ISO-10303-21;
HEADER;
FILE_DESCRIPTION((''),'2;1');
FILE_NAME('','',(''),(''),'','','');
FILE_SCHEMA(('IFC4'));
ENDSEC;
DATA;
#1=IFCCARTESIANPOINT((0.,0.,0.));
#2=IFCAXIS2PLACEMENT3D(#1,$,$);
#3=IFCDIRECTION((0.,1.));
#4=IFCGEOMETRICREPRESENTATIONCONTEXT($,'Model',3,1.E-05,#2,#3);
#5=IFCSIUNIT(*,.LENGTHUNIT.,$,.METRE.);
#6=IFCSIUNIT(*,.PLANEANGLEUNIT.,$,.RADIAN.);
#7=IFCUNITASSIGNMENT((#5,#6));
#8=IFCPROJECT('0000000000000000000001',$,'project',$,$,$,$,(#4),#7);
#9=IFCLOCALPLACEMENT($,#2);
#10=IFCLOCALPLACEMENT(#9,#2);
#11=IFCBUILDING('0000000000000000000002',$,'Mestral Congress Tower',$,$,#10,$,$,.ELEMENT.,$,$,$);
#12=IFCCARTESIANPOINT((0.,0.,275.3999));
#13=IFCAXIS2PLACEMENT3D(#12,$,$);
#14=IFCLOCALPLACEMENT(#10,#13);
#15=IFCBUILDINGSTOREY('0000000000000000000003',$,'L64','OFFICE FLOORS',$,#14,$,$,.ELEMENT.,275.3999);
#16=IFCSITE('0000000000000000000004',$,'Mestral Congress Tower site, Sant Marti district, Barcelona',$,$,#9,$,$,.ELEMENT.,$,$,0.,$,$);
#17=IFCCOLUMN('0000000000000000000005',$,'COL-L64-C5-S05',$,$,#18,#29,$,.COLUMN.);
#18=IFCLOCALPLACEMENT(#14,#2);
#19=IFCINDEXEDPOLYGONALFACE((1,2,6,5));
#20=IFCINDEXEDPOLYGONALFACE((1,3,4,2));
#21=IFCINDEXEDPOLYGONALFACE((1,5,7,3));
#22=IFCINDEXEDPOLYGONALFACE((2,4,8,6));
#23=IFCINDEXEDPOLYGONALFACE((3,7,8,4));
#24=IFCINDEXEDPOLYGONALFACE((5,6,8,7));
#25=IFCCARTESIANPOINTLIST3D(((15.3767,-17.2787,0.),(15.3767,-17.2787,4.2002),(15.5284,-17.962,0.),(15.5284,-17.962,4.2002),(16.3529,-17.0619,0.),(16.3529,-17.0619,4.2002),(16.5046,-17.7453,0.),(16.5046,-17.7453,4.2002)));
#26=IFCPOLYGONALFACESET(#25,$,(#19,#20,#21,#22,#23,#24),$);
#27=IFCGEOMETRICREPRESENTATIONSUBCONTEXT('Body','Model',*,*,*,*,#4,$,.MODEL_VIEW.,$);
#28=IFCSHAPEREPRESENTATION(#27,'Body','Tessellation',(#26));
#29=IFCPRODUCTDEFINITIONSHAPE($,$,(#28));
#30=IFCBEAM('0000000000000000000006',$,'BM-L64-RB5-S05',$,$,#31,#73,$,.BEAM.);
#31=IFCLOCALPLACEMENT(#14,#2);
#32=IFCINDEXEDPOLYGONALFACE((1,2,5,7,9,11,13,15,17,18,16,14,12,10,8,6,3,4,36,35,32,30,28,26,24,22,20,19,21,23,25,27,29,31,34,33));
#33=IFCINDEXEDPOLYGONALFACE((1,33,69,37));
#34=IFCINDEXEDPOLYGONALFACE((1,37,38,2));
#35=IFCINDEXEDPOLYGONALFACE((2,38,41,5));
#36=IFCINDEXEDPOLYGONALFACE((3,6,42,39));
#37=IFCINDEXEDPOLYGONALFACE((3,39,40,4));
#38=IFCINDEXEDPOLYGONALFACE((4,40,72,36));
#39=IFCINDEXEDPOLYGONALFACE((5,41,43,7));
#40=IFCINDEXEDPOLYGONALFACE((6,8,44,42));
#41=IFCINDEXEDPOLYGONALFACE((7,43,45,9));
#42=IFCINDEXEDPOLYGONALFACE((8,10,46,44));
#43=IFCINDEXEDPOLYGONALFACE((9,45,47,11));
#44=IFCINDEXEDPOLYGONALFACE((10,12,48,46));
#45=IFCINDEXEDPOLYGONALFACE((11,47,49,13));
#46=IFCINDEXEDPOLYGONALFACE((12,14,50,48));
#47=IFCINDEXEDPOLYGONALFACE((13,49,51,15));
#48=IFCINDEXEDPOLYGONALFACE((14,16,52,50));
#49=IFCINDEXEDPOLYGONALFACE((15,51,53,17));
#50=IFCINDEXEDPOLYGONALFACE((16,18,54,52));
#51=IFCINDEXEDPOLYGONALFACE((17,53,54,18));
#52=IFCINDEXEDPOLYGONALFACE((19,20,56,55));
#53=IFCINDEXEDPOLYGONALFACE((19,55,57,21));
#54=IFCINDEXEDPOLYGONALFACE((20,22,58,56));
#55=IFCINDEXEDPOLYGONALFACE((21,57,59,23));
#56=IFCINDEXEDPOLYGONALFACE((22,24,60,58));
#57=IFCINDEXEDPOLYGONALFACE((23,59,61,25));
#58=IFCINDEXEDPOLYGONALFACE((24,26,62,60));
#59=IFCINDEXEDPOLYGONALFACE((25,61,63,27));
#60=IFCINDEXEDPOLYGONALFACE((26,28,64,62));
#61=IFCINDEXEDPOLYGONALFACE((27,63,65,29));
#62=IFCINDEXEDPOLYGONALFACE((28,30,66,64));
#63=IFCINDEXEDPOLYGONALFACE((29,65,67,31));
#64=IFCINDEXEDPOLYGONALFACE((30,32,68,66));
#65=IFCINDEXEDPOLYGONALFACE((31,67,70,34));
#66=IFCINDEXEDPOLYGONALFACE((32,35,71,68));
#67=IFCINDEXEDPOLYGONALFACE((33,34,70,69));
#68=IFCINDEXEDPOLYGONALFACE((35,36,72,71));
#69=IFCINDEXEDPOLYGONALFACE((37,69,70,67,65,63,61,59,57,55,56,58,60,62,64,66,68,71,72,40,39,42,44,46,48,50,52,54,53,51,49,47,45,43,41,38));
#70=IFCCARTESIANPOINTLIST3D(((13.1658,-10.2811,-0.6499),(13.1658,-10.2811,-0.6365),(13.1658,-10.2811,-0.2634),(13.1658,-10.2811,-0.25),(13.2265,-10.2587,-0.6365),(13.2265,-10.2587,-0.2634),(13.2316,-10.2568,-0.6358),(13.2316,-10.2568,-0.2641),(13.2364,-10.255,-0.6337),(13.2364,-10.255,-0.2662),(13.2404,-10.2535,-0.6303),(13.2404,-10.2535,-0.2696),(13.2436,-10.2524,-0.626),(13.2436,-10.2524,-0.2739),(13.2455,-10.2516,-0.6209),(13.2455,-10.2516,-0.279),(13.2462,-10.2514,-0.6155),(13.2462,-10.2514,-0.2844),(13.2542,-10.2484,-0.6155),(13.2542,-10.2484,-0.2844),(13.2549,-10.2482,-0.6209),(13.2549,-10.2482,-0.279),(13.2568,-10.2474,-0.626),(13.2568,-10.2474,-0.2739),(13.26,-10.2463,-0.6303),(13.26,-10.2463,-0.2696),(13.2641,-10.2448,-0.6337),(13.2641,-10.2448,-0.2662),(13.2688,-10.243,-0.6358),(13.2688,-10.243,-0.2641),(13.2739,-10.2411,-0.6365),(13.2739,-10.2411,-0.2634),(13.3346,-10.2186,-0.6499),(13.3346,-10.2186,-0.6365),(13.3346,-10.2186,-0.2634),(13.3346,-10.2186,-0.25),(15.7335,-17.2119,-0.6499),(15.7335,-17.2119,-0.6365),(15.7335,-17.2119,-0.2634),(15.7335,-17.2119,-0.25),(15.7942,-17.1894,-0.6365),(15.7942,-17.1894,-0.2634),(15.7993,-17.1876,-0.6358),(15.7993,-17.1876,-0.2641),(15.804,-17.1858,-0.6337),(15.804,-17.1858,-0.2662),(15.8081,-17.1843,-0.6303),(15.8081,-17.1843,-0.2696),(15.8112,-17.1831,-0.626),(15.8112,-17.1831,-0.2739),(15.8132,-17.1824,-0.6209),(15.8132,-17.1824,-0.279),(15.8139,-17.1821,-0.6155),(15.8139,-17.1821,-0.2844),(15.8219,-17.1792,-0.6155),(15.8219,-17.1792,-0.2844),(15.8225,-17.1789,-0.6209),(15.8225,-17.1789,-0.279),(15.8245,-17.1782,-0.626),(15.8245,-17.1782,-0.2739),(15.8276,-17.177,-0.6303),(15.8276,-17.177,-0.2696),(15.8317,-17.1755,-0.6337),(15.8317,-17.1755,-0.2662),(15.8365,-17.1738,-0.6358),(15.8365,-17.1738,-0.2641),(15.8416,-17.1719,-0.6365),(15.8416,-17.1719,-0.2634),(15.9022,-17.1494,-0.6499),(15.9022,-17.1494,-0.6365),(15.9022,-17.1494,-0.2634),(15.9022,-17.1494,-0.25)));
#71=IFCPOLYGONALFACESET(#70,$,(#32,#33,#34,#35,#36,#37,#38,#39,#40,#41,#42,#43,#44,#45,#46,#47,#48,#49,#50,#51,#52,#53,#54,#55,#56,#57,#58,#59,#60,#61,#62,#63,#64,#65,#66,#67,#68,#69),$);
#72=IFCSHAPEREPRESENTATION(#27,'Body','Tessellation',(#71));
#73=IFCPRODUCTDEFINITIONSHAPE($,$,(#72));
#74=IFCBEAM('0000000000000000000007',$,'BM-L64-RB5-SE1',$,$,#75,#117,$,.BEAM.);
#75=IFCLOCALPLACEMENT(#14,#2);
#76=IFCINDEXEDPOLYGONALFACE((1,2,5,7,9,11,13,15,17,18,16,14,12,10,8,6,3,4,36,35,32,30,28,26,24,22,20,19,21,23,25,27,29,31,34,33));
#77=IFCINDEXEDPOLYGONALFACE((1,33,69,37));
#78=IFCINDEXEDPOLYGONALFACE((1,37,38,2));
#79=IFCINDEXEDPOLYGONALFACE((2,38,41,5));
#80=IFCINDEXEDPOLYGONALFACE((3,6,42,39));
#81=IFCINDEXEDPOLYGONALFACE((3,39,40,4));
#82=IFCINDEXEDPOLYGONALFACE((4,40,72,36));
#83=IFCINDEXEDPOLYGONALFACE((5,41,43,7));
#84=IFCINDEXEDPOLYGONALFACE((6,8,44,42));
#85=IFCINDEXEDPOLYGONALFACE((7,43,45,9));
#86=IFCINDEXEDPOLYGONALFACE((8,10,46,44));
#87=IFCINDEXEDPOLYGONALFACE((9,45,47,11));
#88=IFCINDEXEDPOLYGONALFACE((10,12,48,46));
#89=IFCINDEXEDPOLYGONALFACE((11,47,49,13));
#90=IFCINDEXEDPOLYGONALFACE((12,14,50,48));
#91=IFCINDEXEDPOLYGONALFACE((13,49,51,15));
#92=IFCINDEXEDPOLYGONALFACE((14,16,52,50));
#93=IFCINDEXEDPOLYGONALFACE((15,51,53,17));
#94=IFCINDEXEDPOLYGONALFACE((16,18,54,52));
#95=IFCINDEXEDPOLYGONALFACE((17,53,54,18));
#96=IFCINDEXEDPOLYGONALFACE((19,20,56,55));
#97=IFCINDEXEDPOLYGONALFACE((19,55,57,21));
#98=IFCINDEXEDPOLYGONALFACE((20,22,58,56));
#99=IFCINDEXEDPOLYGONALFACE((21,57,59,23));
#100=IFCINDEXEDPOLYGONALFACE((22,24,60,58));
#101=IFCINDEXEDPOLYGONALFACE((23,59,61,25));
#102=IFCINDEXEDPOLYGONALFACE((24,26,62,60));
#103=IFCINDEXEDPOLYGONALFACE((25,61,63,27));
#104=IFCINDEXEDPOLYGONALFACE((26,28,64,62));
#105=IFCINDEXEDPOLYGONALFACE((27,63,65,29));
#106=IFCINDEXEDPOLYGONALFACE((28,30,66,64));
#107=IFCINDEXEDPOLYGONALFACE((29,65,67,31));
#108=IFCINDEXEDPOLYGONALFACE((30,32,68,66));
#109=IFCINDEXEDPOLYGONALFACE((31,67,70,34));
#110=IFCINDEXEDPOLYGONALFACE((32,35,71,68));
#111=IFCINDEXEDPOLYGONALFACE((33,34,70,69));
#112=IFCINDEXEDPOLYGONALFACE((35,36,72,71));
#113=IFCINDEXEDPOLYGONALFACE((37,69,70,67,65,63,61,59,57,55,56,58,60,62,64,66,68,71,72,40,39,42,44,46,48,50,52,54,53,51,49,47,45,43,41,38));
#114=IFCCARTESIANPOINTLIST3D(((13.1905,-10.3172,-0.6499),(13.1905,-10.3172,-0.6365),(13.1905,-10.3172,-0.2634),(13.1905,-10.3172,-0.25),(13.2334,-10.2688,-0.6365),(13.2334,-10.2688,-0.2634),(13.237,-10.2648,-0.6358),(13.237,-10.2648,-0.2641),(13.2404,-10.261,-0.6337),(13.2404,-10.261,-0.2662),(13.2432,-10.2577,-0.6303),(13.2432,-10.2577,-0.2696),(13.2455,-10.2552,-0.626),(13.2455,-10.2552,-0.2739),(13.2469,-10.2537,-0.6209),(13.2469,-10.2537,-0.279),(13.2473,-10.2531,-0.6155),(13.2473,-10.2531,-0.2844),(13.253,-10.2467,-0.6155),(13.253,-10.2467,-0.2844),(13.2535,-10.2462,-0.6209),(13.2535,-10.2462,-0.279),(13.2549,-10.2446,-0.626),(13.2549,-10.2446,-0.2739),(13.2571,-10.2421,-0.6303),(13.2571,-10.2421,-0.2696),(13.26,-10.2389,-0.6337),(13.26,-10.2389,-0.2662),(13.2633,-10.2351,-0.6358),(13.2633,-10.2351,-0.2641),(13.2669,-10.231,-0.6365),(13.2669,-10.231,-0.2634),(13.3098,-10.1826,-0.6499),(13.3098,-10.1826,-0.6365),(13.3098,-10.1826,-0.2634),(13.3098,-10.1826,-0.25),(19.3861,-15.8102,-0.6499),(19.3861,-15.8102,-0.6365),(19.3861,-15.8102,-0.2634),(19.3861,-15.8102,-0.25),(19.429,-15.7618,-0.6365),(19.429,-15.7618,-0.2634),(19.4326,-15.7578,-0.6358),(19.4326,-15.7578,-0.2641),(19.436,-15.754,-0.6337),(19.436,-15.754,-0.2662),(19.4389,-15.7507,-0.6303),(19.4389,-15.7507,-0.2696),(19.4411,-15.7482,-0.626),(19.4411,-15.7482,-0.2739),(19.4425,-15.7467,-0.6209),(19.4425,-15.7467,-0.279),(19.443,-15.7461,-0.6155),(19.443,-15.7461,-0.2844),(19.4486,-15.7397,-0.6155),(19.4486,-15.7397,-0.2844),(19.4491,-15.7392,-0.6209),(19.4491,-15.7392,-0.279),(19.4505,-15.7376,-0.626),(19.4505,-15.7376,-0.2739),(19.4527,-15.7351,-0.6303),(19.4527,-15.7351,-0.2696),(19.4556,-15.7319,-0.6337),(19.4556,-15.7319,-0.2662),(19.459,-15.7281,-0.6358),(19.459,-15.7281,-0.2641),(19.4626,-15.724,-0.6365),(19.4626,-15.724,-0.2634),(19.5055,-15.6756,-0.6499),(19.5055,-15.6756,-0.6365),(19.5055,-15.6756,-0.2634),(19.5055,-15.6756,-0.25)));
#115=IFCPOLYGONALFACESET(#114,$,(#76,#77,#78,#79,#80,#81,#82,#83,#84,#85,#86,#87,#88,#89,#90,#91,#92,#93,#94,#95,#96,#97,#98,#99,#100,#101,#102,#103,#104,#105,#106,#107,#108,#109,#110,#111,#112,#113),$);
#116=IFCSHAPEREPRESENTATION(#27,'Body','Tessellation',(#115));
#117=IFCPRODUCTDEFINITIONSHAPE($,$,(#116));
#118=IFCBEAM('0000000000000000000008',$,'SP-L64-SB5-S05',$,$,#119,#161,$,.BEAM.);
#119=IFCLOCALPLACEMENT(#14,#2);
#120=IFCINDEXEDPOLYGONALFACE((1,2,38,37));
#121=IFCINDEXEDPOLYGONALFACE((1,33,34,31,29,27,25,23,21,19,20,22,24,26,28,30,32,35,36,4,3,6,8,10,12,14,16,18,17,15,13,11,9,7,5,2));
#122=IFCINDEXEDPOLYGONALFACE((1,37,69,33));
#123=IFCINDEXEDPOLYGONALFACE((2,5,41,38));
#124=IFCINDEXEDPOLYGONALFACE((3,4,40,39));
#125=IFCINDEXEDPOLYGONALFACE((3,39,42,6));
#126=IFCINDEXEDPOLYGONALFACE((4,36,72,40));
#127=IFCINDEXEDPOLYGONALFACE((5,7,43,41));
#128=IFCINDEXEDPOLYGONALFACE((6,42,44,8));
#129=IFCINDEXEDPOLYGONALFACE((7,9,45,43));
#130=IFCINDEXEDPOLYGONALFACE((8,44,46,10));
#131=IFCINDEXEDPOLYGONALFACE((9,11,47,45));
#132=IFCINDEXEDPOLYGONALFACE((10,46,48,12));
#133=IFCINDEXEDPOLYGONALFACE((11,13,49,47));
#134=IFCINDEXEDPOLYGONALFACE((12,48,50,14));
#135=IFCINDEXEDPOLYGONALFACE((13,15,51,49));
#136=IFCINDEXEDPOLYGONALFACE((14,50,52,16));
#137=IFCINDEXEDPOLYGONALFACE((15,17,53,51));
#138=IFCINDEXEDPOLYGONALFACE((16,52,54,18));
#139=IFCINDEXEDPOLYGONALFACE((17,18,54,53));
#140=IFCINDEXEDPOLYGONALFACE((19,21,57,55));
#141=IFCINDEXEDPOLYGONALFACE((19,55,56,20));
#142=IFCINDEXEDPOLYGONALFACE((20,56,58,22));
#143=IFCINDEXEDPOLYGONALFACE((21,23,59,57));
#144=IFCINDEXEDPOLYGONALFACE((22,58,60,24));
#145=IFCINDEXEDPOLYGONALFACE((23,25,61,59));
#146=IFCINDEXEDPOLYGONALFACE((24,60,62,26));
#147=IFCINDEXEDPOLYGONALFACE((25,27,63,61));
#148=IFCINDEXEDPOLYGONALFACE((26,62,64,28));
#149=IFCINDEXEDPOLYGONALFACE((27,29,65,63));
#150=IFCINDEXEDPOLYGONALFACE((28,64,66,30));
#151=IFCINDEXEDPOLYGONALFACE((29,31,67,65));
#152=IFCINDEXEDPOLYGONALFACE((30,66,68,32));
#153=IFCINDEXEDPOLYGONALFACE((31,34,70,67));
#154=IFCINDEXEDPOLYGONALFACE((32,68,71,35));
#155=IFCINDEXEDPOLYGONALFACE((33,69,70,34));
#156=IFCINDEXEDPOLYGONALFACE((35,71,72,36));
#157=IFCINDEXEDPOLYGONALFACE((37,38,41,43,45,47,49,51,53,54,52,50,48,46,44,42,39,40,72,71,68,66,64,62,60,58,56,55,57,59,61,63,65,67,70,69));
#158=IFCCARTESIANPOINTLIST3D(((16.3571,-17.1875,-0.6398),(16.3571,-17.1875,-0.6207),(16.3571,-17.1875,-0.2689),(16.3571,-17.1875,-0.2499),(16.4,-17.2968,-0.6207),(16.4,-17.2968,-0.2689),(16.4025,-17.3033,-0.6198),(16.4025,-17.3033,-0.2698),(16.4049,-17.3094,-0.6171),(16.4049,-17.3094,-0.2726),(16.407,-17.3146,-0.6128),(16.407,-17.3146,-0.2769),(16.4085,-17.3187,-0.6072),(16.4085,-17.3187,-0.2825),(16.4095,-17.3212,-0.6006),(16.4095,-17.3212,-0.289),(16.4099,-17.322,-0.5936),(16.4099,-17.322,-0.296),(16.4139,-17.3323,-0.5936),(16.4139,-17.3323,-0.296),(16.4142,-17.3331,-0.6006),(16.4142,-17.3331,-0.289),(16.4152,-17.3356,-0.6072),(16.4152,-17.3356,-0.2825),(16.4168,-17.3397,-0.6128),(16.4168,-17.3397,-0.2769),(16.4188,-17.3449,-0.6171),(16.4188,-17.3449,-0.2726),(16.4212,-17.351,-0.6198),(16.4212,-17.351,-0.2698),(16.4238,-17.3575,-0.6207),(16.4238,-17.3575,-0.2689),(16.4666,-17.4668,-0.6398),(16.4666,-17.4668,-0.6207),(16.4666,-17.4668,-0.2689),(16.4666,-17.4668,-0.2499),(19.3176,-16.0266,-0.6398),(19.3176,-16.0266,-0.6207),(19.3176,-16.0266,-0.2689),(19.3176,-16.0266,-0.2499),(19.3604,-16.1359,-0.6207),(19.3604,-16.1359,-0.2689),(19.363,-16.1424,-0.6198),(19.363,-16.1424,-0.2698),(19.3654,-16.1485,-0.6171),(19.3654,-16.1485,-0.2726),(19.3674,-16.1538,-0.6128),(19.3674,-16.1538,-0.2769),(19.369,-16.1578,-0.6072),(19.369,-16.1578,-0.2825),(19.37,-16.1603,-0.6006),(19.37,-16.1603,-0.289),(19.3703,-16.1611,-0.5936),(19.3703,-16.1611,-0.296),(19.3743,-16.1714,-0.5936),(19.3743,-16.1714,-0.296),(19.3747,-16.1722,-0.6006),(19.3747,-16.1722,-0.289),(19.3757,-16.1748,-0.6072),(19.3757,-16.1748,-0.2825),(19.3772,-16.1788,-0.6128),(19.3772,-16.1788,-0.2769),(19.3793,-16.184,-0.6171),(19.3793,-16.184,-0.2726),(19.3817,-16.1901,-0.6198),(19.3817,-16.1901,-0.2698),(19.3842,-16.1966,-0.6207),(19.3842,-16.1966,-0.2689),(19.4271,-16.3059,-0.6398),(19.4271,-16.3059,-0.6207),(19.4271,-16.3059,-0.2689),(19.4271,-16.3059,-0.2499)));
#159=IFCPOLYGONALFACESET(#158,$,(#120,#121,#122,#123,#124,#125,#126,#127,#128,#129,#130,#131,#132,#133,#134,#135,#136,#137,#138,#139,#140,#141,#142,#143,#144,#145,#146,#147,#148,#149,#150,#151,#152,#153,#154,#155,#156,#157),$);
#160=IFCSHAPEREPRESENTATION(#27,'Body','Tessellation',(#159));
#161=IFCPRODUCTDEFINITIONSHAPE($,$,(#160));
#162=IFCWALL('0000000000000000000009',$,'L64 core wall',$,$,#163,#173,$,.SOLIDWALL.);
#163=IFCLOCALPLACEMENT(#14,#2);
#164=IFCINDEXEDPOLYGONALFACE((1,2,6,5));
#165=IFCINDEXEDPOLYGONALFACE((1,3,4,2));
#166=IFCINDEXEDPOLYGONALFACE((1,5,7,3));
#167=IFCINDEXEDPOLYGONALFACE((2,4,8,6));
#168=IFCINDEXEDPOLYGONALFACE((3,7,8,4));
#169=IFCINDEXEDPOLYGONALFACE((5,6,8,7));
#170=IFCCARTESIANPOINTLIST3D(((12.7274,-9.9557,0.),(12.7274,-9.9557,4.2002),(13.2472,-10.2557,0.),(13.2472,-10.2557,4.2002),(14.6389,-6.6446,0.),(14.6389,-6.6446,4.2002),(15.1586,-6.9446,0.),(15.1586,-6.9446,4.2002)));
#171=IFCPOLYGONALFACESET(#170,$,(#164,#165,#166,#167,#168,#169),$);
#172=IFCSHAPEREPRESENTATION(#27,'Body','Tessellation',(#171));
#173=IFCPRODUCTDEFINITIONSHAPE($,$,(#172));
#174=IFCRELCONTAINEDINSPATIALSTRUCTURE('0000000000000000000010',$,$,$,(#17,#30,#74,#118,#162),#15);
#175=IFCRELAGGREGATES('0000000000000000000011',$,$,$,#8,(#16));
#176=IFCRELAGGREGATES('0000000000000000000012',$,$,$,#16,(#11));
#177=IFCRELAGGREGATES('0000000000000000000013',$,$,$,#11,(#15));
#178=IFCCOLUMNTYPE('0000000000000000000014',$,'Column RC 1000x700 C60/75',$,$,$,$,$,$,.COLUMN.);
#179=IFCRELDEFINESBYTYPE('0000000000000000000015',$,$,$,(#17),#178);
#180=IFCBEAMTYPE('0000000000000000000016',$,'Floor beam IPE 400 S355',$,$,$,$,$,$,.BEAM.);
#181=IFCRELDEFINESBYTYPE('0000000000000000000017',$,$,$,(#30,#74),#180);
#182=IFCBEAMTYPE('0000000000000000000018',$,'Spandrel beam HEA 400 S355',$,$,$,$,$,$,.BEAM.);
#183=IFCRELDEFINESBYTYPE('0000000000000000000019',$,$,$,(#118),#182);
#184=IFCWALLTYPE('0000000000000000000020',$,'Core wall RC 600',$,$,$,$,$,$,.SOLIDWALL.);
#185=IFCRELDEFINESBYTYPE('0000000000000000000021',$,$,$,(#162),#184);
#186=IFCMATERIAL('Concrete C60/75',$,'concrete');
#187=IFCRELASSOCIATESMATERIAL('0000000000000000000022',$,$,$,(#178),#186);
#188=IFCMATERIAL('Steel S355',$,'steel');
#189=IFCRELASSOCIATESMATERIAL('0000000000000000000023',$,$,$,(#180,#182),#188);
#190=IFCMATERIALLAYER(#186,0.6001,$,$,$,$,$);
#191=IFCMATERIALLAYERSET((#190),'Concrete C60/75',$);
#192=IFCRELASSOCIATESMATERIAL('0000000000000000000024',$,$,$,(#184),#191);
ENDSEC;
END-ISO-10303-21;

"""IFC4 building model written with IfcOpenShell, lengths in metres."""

from ifc_helpers import new_model, si_unit, direction, frame, frame_2d, origin, origin_2d, place, context, subcontext, project, spatial, rectangle, i_section, extrude, material, layer, layer_set, material_profile, profile_set, type_object, element, save


model = new_model("IFC4")

# Units and contexts
model_context = context("Model", 3, precision=1e-05, world=origin(), true_north=direction((0.0, 1.0)))
body_context = subcontext(model_context, "Body", "Model", "MODEL_VIEW")
ifc_project = project(units=[si_unit("LENGTHUNIT", "METRE"), si_unit("PLANEANGLEUNIT", "RADIAN")], contexts=[model_context])

# Site, building, storey
site_placement = place(None, origin())
site = spatial("IfcSite", under=ifc_project, at=site_placement, Name="Mestral Congress Tower site, Sant Marti district, Barcelona", CompositionType="ELEMENT", RefElevation=0.0)
building_placement = place(site_placement, origin())
building = spatial("IfcBuilding", under=site, at=building_placement, Name="Mestral Congress Tower", CompositionType="ELEMENT")
storey_placement = place(building_placement, frame((0.0, 0.0, 275.3999)))
storey = spatial("IfcBuildingStorey", under=building, at=storey_placement, Name="L64", Description="OFFICE FLOORS", CompositionType="ELEMENT", Elevation=275.3999)

# Column
ifc_material_1 = material(Name="Concrete C60/75", Category="concrete")
ifc_material_profile_1 = material_profile(ifc_material_1, rectangle(XDim=1.0, YDim=0.7, at=origin_2d()), Name="RC 1000x700")
ifc_profile_set_1 = profile_set([ifc_material_profile_1], Name="Concrete C60/75")
column_type = type_object("IfcColumnType", Name="Column RC 1000x700 C60/75", PredefinedType="COLUMN", material=ifc_profile_set_1)
column_placement = place(storey_placement, frame((15.9407, -17.512, 0.0), z_axis=(0.0, 0.0, 1.0), x_axis=(0.976234, 0.216721, 0.0)))
element("IfcColumn", 1, at=column_placement, inside=storey, type_object=column_type, Name="COL-L64-C5-S05", PredefinedType="COLUMN", context=body_context, shape_type="SweptSolid", body=[
    extrude(rectangle(XDim=1.0, YDim=0.7, at=origin_2d()), origin(), (0.0, 0.0, 1.0), 4.2002),
])

# Beams
ifc_material_2 = material(Name="Steel S355", Category="steel")
ifc_material_profile_2 = material_profile(ifc_material_2, i_section(OverallWidth=0.1799, OverallDepth=0.3999, WebThickness=0.0085, FlangeThickness=0.0134, FilletRadius=0.021, at=origin_2d()), Name="IPE 400")
ifc_profile_set_2 = profile_set([ifc_material_profile_2], Name="Steel S355")
beam_type_1 = type_object("IfcBeamType", Name="Floor beam IPE 400 S355", PredefinedType="BEAM", material=ifc_profile_set_2)
beam_1_placement = place(storey_placement, frame((15.8179, -17.1807, -0.45), z_axis=(-0.347399, 0.937717, 0.0), x_axis=(-0.937717, -0.347399, 0.0)))
element("IfcBeam", 2, at=beam_1_placement, inside=storey, type_object=beam_type_1, Name="BM-L64-RB5-S05", PredefinedType="BEAM", context=body_context, shape_type="SweptSolid", body=[
    extrude(i_section(OverallWidth=0.1799, OverallDepth=0.3999, WebThickness=0.0085, FlangeThickness=0.0134, FilletRadius=0.021, at=origin_2d()), origin(), (0.0, 0.0, 1.0), 7.3911),
])
beam_2_placement = place(storey_placement, frame((19.4458, -15.7429, -0.45), z_axis=(-0.748263, 0.663402, 0.0), x_axis=(-0.663402, -0.748263, 0.0)))
element("IfcBeam", 3, at=beam_2_placement, inside=storey, type_object=beam_type_1, Name="BM-L64-RB5-SE1", PredefinedType="BEAM", context=body_context, shape_type="SweptSolid", body=[
    extrude(i_section(OverallWidth=0.1799, OverallDepth=0.3999, WebThickness=0.0085, FlangeThickness=0.0134, FilletRadius=0.021, at=origin_2d()), origin(), (0.0, 0.0, 1.0), 8.28),
])
ifc_material_profile_3 = material_profile(ifc_material_2, i_section(OverallWidth=0.3, OverallDepth=0.3899, WebThickness=0.011, FlangeThickness=0.019, FilletRadius=0.0271, at=origin_2d()), Name="HEA 400")
ifc_profile_set_3 = profile_set([ifc_material_profile_3], Name="Steel S355")
beam_type_2 = type_object("IfcBeamType", Name="Spandrel beam HEA 400 S355", PredefinedType="BEAM", material=ifc_profile_set_3)
beam_3_placement = place(storey_placement, frame((16.4119, -17.3271, -0.4448), z_axis=(0.930981, 0.365068, 0.0), x_axis=(-0.365068, 0.930981, 0.0)))
element("IfcBeam", 4, at=beam_3_placement, inside=storey, type_object=beam_type_2, Name="SP-L64-SB5-S05", PredefinedType="BEAM", context=body_context, shape_type="SweptSolid", body=[
    extrude(i_section(OverallWidth=0.3, OverallDepth=0.3899, WebThickness=0.011, FlangeThickness=0.019, FilletRadius=0.0271, at=origin_2d()), origin(), (0.0, 0.0, 1.0), 3.1799),
])

# Wall
ifc_layer_1 = layer(ifc_material_1, 0.6001)
ifc_layer_set_1 = layer_set([ifc_layer_1], Name="Concrete C60/75")
wall_type_1 = type_object("IfcWallType", Name="Core wall RC 600", PredefinedType="SOLIDWALL", material=ifc_layer_set_1)
wall_1_placement = place(storey_placement, frame((12.9873, -10.1057, 0.0), z_axis=(0.0, 0.0, 1.0), x_axis=(0.499951, 0.866054, 0.0)))
element("IfcWall", 5, at=wall_1_placement, inside=storey, type_object=wall_type_1, Name="L64 core wall", PredefinedType="SOLIDWALL", context=body_context, shape_type="SweptSolid", body=[
    extrude(rectangle(XDim=3.8232, YDim=0.6001, at=frame_2d((1.9116, 0.0))), origin(), (0.0, 0.0, 1.0), 4.2002),
])

save(model, "model.ifc")
